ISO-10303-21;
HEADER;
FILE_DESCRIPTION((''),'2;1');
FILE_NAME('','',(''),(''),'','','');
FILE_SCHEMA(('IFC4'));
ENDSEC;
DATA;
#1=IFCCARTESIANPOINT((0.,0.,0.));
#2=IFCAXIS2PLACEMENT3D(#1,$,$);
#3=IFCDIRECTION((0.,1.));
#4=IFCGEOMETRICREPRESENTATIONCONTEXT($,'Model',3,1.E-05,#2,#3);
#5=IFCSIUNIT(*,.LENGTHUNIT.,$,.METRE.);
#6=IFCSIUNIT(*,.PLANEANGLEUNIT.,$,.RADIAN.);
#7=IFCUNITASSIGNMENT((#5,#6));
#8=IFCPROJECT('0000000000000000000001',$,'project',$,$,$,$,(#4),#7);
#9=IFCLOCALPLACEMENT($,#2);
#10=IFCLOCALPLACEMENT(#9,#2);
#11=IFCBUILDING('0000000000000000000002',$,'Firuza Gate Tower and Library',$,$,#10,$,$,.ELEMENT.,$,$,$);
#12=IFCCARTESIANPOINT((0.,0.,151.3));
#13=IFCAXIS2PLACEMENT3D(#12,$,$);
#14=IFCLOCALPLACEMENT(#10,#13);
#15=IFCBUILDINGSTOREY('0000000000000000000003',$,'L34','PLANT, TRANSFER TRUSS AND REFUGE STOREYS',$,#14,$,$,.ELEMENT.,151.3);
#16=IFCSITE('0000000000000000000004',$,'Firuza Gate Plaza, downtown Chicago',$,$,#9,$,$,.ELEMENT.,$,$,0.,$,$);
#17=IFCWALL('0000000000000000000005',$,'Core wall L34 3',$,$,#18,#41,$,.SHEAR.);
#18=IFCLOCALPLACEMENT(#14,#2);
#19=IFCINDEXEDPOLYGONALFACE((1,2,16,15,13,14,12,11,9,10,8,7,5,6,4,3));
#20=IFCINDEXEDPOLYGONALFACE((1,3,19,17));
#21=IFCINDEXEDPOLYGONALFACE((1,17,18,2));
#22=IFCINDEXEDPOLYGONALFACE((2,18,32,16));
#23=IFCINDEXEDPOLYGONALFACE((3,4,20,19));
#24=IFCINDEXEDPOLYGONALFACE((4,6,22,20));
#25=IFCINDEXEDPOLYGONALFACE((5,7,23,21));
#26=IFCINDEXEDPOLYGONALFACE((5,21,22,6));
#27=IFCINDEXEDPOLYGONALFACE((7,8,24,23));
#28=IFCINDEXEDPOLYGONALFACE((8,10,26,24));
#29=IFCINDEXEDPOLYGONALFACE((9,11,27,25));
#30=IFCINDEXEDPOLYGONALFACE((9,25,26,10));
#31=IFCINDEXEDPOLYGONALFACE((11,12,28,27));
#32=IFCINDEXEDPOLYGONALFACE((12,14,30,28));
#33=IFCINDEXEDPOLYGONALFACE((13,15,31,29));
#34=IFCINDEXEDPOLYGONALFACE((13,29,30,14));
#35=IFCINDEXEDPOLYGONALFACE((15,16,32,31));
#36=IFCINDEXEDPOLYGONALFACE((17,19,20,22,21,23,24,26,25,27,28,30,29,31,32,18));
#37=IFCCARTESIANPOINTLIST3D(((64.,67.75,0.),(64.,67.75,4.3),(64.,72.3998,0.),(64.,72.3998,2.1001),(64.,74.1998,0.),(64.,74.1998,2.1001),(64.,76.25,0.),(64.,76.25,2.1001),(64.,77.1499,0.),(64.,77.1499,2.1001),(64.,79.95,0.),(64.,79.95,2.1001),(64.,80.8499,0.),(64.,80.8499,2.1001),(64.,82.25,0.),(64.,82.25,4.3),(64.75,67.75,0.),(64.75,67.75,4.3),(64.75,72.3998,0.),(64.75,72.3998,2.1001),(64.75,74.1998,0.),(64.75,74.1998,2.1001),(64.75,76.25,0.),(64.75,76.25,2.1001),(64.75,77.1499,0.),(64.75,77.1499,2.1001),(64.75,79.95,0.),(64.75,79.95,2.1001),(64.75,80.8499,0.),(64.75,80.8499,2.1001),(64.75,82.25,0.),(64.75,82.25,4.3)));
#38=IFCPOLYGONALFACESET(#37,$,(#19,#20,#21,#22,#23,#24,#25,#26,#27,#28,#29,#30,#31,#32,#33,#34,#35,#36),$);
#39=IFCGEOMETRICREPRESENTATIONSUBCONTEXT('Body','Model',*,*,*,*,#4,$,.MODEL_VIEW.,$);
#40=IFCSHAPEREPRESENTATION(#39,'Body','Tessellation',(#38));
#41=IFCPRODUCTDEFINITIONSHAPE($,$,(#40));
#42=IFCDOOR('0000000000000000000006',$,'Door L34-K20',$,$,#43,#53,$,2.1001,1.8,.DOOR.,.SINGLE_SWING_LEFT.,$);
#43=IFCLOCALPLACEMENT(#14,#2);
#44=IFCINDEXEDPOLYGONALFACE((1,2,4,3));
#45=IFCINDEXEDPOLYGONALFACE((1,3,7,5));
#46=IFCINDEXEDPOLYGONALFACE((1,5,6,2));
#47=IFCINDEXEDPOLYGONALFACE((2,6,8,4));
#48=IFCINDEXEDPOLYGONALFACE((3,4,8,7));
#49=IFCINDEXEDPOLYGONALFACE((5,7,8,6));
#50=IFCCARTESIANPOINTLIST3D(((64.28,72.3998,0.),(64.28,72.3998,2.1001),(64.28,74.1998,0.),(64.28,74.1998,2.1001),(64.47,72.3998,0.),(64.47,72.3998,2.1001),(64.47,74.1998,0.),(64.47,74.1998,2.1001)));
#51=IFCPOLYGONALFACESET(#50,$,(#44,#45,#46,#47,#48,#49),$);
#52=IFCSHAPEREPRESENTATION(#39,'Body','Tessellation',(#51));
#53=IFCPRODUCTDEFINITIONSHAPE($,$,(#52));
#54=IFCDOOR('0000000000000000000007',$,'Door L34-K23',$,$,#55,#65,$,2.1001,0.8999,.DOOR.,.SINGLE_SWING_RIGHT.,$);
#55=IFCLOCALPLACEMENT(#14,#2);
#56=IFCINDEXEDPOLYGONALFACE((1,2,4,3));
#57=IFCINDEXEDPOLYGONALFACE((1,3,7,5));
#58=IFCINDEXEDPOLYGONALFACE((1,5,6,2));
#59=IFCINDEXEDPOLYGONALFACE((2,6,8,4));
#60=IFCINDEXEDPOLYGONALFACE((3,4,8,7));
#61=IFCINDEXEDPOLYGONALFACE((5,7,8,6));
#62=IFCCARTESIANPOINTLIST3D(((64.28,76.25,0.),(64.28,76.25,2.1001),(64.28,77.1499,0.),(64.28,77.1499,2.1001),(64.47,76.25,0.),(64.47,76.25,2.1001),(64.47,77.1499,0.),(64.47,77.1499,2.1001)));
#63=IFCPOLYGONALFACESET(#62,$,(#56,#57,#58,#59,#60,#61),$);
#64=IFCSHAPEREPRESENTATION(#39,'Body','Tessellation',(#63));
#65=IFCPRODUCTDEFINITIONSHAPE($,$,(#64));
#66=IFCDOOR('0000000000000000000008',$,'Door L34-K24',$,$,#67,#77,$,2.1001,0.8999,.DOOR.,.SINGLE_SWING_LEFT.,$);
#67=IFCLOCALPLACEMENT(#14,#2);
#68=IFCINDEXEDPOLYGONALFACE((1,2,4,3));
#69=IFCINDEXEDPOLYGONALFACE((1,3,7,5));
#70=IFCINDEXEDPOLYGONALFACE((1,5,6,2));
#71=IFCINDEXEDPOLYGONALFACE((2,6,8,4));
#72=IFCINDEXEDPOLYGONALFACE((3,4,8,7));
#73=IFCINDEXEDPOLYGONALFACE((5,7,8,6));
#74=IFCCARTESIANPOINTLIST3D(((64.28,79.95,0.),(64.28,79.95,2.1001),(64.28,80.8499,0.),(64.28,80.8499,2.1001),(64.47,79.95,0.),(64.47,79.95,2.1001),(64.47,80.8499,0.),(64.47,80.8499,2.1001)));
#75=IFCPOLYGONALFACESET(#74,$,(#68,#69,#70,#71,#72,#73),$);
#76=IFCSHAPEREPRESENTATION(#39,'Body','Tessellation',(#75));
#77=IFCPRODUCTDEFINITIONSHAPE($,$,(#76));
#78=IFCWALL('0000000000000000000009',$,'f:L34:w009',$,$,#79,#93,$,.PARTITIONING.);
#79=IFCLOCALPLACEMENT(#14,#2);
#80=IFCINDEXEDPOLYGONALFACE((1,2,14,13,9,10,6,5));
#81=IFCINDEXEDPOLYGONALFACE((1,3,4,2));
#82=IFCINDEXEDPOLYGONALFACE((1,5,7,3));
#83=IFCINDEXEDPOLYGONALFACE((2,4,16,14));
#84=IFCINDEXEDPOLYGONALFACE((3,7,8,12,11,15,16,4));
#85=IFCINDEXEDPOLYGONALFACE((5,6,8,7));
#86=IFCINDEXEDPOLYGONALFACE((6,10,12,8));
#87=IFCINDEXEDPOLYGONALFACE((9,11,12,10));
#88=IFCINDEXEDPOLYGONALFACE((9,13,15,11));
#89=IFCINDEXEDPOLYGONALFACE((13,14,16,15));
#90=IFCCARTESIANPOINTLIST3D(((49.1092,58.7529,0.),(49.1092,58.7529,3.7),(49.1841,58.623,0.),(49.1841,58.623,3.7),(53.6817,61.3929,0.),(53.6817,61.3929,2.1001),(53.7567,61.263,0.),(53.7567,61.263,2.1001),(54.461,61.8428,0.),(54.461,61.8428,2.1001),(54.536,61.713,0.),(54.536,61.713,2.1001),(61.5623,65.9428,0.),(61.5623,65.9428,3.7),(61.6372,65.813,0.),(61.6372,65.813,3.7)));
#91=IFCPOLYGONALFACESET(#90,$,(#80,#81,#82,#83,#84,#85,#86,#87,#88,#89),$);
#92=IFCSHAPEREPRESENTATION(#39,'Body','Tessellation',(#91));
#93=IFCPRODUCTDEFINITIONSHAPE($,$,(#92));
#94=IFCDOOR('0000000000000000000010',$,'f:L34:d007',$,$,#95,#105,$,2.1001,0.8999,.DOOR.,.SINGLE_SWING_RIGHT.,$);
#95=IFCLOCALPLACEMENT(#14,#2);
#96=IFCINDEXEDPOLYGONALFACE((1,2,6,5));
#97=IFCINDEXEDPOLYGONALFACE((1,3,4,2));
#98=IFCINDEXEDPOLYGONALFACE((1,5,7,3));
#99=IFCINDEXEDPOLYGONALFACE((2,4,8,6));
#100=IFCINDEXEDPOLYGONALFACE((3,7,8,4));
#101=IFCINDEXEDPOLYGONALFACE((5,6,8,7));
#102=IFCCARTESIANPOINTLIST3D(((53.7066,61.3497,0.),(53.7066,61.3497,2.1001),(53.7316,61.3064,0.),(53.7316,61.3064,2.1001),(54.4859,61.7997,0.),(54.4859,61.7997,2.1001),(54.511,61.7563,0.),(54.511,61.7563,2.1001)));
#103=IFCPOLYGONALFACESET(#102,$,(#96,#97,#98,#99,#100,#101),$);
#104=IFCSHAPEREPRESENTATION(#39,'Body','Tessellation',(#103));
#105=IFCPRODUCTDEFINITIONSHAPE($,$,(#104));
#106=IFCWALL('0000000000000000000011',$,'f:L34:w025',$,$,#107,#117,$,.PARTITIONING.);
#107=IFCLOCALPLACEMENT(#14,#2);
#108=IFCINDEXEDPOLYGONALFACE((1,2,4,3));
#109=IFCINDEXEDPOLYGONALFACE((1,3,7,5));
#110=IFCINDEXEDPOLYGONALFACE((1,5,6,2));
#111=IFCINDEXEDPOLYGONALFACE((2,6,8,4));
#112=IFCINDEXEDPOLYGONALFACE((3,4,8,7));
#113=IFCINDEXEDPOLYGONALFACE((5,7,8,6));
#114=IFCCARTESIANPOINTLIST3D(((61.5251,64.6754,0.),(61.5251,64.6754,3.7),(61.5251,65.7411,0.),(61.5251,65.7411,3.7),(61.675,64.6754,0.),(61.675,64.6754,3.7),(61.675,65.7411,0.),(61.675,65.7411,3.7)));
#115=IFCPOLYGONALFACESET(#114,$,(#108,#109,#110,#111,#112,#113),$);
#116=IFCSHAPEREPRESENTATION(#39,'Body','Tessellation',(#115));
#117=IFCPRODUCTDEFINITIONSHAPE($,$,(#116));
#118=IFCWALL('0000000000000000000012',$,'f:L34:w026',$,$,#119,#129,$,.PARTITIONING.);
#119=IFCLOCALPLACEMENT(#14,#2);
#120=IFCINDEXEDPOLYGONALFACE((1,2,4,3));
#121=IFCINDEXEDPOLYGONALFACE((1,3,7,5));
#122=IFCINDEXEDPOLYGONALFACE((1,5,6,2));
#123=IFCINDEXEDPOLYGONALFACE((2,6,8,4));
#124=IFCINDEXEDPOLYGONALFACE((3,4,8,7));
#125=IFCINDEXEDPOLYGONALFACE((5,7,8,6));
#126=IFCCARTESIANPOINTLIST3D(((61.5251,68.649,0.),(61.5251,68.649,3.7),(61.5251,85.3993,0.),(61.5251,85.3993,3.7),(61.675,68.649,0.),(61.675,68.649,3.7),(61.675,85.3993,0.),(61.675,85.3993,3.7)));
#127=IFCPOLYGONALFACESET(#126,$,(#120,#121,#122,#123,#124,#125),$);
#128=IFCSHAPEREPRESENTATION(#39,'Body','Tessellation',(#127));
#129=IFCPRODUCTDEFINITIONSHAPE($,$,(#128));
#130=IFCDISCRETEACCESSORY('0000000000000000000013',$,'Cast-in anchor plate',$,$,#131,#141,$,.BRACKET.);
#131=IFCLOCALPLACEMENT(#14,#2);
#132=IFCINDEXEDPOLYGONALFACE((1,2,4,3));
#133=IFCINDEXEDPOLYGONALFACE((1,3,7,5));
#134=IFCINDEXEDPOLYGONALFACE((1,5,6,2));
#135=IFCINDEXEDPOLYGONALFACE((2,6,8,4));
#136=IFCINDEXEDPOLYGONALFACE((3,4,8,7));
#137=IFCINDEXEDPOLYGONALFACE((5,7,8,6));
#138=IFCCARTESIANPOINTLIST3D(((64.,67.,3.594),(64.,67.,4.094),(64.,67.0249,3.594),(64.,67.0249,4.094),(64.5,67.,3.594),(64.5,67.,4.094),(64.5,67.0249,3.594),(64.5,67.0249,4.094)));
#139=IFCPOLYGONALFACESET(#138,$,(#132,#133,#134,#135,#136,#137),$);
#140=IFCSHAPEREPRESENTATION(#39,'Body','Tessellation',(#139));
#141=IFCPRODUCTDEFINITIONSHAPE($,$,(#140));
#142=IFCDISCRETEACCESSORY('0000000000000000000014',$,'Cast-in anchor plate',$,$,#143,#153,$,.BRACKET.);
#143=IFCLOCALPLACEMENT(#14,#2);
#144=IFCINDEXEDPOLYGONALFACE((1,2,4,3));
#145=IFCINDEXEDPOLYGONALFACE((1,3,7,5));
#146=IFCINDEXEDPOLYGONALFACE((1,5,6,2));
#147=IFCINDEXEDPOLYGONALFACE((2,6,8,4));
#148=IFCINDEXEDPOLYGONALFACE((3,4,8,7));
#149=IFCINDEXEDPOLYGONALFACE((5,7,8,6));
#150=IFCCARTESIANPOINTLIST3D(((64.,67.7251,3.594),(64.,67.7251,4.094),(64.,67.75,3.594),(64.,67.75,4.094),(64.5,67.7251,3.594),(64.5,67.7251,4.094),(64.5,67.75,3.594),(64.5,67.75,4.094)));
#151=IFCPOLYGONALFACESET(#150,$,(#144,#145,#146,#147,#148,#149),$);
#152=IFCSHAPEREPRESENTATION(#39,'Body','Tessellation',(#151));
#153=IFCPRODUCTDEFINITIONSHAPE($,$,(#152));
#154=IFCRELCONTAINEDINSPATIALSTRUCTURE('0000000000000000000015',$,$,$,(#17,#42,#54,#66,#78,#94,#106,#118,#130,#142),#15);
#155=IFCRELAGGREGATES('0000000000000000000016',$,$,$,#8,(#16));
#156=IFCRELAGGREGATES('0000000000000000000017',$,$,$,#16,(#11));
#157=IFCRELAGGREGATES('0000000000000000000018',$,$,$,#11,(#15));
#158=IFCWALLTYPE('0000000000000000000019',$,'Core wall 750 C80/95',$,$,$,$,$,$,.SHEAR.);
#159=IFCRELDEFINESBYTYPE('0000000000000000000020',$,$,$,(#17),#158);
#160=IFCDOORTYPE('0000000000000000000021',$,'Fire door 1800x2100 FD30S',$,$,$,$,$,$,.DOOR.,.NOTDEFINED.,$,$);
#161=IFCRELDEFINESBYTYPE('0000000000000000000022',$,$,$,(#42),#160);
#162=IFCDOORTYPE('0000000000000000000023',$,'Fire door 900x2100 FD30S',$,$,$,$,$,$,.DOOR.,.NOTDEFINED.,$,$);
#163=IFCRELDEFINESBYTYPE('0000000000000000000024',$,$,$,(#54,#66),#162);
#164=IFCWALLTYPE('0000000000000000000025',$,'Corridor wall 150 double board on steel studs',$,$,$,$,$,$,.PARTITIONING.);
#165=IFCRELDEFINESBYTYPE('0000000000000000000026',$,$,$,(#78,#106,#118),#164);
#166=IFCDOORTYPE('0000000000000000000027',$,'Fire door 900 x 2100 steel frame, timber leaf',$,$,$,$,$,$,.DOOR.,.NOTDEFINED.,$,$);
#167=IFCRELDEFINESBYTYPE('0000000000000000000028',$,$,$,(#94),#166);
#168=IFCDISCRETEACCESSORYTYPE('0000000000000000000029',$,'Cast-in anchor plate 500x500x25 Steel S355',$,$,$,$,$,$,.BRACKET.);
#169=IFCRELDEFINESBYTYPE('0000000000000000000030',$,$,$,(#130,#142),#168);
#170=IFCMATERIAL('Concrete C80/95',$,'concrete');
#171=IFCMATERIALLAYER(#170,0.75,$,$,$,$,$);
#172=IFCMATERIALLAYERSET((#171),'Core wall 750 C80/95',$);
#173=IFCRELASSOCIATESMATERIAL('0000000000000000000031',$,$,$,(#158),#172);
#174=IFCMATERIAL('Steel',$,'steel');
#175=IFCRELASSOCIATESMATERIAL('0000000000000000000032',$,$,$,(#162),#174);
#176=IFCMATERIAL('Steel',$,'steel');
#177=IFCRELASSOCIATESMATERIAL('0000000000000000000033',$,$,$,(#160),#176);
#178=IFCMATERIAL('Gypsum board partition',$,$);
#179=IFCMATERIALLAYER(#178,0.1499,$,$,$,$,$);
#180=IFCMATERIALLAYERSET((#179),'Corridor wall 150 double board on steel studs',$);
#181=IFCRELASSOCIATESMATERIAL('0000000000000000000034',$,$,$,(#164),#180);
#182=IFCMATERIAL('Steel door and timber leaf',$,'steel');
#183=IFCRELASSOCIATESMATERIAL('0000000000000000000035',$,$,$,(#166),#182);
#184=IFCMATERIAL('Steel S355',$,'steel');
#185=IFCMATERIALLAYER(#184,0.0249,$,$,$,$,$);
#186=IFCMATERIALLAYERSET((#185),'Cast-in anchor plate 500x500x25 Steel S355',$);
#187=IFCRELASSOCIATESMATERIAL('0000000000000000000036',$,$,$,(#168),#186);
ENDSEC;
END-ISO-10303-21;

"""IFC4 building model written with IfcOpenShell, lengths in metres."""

from ifc_helpers import new_model, si_unit, direction, frame, frame_2d, origin, origin_2d, place, context, subcontext, project, spatial, rectangle, extrude, material, layer, layer_set, type_object, element, fill, save


model = new_model("IFC4")

# Units and contexts
model_context = context("Model", 3, precision=1e-05, world=origin(), true_north=direction((0.0, 1.0)))
body_context = subcontext(model_context, "Body", "Model", "MODEL_VIEW")
ifc_project = project(units=[si_unit("LENGTHUNIT", "METRE"), si_unit("PLANEANGLEUNIT", "RADIAN")], contexts=[model_context])

# Site, building, storey
site_placement = place(None, origin())
site = spatial("IfcSite", under=ifc_project, at=site_placement, Name="Firuza Gate Plaza, downtown Chicago", CompositionType="ELEMENT", RefElevation=0.0)
building_placement = place(site_placement, origin())
building = spatial("IfcBuilding", under=site, at=building_placement, Name="Firuza Gate Tower and Library", CompositionType="ELEMENT")
storey_placement = place(building_placement, frame((0.0, 0.0, 151.3)))
storey = spatial("IfcBuildingStorey", under=building, at=storey_placement, Name="L34", Description="PLANT, TRANSFER TRUSS AND REFUGE STOREYS", CompositionType="ELEMENT", Elevation=151.3)

# Shared definitions
ifc_material_1 = material(Name="Concrete C80/95", Category="concrete")
ifc_layer_1 = layer(ifc_material_1, 0.75)
ifc_layer_set_1 = layer_set([ifc_layer_1], Name="Core wall 750 C80/95")
wall_type_1 = type_object("IfcWallType", Name="Core wall 750 C80/95", PredefinedType="SHEAR", material=ifc_layer_set_1)
ifc_material_2 = material(Name="Steel", Category="steel")
door_type_1 = type_object("IfcDoorType", Name="Fire door 900x2100 FD30S", OperationType="NOTDEFINED", PredefinedType="DOOR", material=ifc_material_2)

# Wall, openings, doors
wall_1_placement = place(storey_placement, frame((64.375, 67.75, 0.0), z_axis=(0.0, 0.0, 1.0), x_axis=(0.0, 1.0, 0.0)))
wall_1 = element("IfcWall", 1, at=wall_1_placement, inside=storey, type_object=wall_type_1, Name="Core wall L34 3", PredefinedType="SHEAR", context=body_context, shape_type="SweptSolid", body=[
    extrude(rectangle(XDim=14.5, YDim=0.75, at=frame_2d((7.25, 0.0))), origin(), (0.0, 0.0, 1.0), 4.3),
])
opening_1_placement = place(wall_1_placement, frame((4.6499, 0.0, 0.0)))
opening_1 = element("IfcOpeningElement", 2, at=opening_1_placement, cuts=wall_1, PredefinedType="OPENING", context=body_context, shape_type="SweptSolid", body=[
    extrude(rectangle(XDim=1.8, YDim=2.1001, at=frame_2d((0.8999, 1.05))), frame((0.0, 0.385, 0.0), z_axis=(0.0, -1.0, 0.0), x_axis=(1.0, 0.0, 0.0)), (0.0, 0.0, 1.0), 0.77),
])
opening_2_placement = place(wall_1_placement, frame((8.5, 0.0, 0.0)))
opening_2 = element("IfcOpeningElement", 3, at=opening_2_placement, cuts=wall_1, PredefinedType="OPENING", context=body_context, shape_type="SweptSolid", body=[
    extrude(rectangle(XDim=0.8999, YDim=2.1001, at=frame_2d((0.45, 1.05))), frame((0.0, 0.385, 0.0), z_axis=(0.0, -1.0, 0.0), x_axis=(1.0, 0.0, 0.0)), (0.0, 0.0, 1.0), 0.77),
])
opening_3_placement = place(wall_1_placement, frame((12.2, 0.0, 0.0)))
opening_3 = element("IfcOpeningElement", 4, at=opening_3_placement, cuts=wall_1, PredefinedType="OPENING", context=body_context, shape_type="SweptSolid", body=[
    extrude(rectangle(XDim=0.8999, YDim=2.1001, at=frame_2d((0.45, 1.05))), frame((0.0, 0.385, 0.0), z_axis=(0.0, -1.0, 0.0), x_axis=(1.0, 0.0, 0.0)), (0.0, 0.0, 1.0), 0.77),
])
ifc_material_3 = material(Name="Steel", Category="steel")
door_type_2 = type_object("IfcDoorType", Name="Fire door 1800x2100 FD30S", OperationType="NOTDEFINED", PredefinedType="DOOR", material=ifc_material_3)
door_1_placement = place(opening_1_placement, origin())
door_1 = element("IfcDoor", 5, at=door_1_placement, inside=storey, type_object=door_type_2, Name="Door L34-K20", OperationType="SINGLE_SWING_LEFT", OverallHeight=2.1001, OverallWidth=1.8, PredefinedType="DOOR", context=body_context, shape_type="SweptSolid", body=[
    extrude(rectangle(XDim=1.8, YDim=2.1001, at=frame_2d((0.8999, 1.05))), frame((0.0, 0.095, 0.0), z_axis=(0.0, -1.0, 0.0), x_axis=(1.0, 0.0, 0.0)), (0.0, 0.0, 1.0), 0.1899),
])
fill(opening_1, door_1)
door_2_placement = place(opening_2_placement, origin())
door_2 = element("IfcDoor", 6, at=door_2_placement, inside=storey, type_object=door_type_1, Name="Door L34-K23", OperationType="SINGLE_SWING_RIGHT", OverallHeight=2.1001, OverallWidth=0.8999, PredefinedType="DOOR", context=body_context, shape_type="SweptSolid", body=[
    extrude(rectangle(XDim=0.8999, YDim=2.1001, at=frame_2d((0.45, 1.05))), frame((0.0, 0.095, 0.0), z_axis=(0.0, -1.0, 0.0), x_axis=(1.0, 0.0, 0.0)), (0.0, 0.0, 1.0), 0.1899),
])
fill(opening_2, door_2)
door_3_placement = place(opening_3_placement, origin())
door_3 = element("IfcDoor", 7, at=door_3_placement, inside=storey, type_object=door_type_1, Name="Door L34-K24", OperationType="SINGLE_SWING_LEFT", OverallHeight=2.1001, OverallWidth=0.8999, PredefinedType="DOOR", context=body_context, shape_type="SweptSolid", body=[
    extrude(rectangle(XDim=0.8999, YDim=2.1001, at=frame_2d((0.45, 1.05))), frame((0.0, 0.095, 0.0), z_axis=(0.0, -1.0, 0.0), x_axis=(1.0, 0.0, 0.0)), (0.0, 0.0, 1.0), 0.1899),
])
fill(opening_3, door_3)

# Wall, opening, door
ifc_material_4 = material(Name="Gypsum board partition")
ifc_layer_2 = layer(ifc_material_4, 0.1499)
ifc_layer_set_2 = layer_set([ifc_layer_2], Name="Corridor wall 150 double board on steel studs")
wall_type_2 = type_object("IfcWallType", Name="Corridor wall 150 double board on steel studs", PredefinedType="PARTITIONING", material=ifc_layer_set_2)
wall_2_placement = place(storey_placement, frame((61.5999, 65.8779, 0.0), z_axis=(0.0, 0.0, 1.0), x_axis=(-0.866022, -0.500007, 0.0)))
wall_2 = element("IfcWall", 8, at=wall_2_placement, inside=storey, type_object=wall_type_2, Name="f:L34:w009", PredefinedType="PARTITIONING", context=body_context, shape_type="SweptSolid", body=[
    extrude(rectangle(XDim=14.3796, YDim=0.1499, at=frame_2d((7.1899, 0.0))), origin(), (0.0, 0.0, 1.0), 3.7),
])
opening_4_placement = place(wall_2_placement, frame((8.2, 0.0, 0.0)))
opening_4 = element("IfcOpeningElement", 9, at=opening_4_placement, cuts=wall_2, PredefinedType="OPENING", context=body_context, shape_type="SweptSolid", body=[
    extrude(rectangle(XDim=0.8999, YDim=2.1001, at=frame_2d((0.45, 1.05))), frame((0.0, 0.085, 0.0), z_axis=(0.0, -1.0, 0.0), x_axis=(1.0, 0.0, 0.0)), (0.0, 0.0, 1.0), 0.1699),
])
ifc_material_5 = material(Name="Steel door and timber leaf", Category="steel")
door_type_3 = type_object("IfcDoorType", Name="Fire door 900 x 2100 steel frame, timber leaf", OperationType="NOTDEFINED", PredefinedType="DOOR", material=ifc_material_5)
door_4_placement = place(opening_4_placement, origin())
door_4 = element("IfcDoor", 10, at=door_4_placement, inside=storey, type_object=door_type_3, Name="f:L34:d007", OperationType="SINGLE_SWING_RIGHT", OverallHeight=2.1001, OverallWidth=0.8999, PredefinedType="DOOR", context=body_context, shape_type="SweptSolid", body=[
    extrude(rectangle(XDim=0.8999, YDim=2.1001, at=frame_2d((0.45, 1.05))), frame((0.0, 0.0249, 0.0), z_axis=(0.0, -1.0, 0.0), x_axis=(1.0, 0.0, 0.0)), (0.0, 0.0, 1.0), 0.05),
])
fill(opening_4, door_4)

# Walls
wall_3_placement = place(storey_placement, frame((61.6001, 64.6755, 0.0), z_axis=(0.0, 0.0, 1.0), x_axis=(0.0, 1.0, 0.0)))
element("IfcWall", 11, at=wall_3_placement, inside=storey, type_object=wall_type_2, Name="f:L34:w025", PredefinedType="PARTITIONING", context=body_context, shape_type="SweptSolid", body=[
    extrude(rectangle(XDim=1.0657, YDim=0.1499, at=frame_2d((0.5327, 0.0))), origin(), (0.0, 0.0, 1.0), 3.7),
])
wall_4_placement = place(storey_placement, frame((61.6001, 68.6492, 0.0), z_axis=(0.0, 0.0, 1.0), x_axis=(0.0, 1.0, 0.0)))
element("IfcWall", 12, at=wall_4_placement, inside=storey, type_object=wall_type_2, Name="f:L34:w026", PredefinedType="PARTITIONING", context=body_context, shape_type="SweptSolid", body=[
    extrude(rectangle(XDim=16.7502, YDim=0.1499, at=frame_2d((8.375, 0.0))), origin(), (0.0, 0.0, 1.0), 3.7),
])

# Discrete accessories
ifc_material_6 = material(Name="Steel S355", Category="steel")
ifc_layer_3 = layer(ifc_material_6, 0.0249)
ifc_layer_set_3 = layer_set([ifc_layer_3], Name="Cast-in anchor plate 500x500x25 Steel S355")
discrete_accessory_type = type_object("IfcDiscreteAccessoryType", Name="Cast-in anchor plate 500x500x25 Steel S355", PredefinedType="BRACKET", material=ifc_layer_set_3)
for number, where, z_axis, x_axis, name in (
    (13, (64.25, 67.0125, 3.594), (0.0, 0.0, 1.0), (1.0, 0.0, 0.0), "Cast-in anchor plate"),
    (14, (64.25, 67.7375, 3.594), (0.0, 0.0, 1.0), (1.0, 0.0, 0.0), "Cast-in anchor plate"),
):
    element("IfcDiscreteAccessory", number, at=place(storey_placement, frame(where, z_axis=z_axis, x_axis=x_axis)), inside=storey, type_object=discrete_accessory_type, Name=name, PredefinedType="BRACKET", context=body_context, shape_type="SweptSolid", body=[
        extrude(rectangle(XDim=0.5, YDim=0.0249, at=origin_2d()), origin(), (0.0, 0.0, 1.0), 0.5),
    ])

save(model, "model.ifc")
